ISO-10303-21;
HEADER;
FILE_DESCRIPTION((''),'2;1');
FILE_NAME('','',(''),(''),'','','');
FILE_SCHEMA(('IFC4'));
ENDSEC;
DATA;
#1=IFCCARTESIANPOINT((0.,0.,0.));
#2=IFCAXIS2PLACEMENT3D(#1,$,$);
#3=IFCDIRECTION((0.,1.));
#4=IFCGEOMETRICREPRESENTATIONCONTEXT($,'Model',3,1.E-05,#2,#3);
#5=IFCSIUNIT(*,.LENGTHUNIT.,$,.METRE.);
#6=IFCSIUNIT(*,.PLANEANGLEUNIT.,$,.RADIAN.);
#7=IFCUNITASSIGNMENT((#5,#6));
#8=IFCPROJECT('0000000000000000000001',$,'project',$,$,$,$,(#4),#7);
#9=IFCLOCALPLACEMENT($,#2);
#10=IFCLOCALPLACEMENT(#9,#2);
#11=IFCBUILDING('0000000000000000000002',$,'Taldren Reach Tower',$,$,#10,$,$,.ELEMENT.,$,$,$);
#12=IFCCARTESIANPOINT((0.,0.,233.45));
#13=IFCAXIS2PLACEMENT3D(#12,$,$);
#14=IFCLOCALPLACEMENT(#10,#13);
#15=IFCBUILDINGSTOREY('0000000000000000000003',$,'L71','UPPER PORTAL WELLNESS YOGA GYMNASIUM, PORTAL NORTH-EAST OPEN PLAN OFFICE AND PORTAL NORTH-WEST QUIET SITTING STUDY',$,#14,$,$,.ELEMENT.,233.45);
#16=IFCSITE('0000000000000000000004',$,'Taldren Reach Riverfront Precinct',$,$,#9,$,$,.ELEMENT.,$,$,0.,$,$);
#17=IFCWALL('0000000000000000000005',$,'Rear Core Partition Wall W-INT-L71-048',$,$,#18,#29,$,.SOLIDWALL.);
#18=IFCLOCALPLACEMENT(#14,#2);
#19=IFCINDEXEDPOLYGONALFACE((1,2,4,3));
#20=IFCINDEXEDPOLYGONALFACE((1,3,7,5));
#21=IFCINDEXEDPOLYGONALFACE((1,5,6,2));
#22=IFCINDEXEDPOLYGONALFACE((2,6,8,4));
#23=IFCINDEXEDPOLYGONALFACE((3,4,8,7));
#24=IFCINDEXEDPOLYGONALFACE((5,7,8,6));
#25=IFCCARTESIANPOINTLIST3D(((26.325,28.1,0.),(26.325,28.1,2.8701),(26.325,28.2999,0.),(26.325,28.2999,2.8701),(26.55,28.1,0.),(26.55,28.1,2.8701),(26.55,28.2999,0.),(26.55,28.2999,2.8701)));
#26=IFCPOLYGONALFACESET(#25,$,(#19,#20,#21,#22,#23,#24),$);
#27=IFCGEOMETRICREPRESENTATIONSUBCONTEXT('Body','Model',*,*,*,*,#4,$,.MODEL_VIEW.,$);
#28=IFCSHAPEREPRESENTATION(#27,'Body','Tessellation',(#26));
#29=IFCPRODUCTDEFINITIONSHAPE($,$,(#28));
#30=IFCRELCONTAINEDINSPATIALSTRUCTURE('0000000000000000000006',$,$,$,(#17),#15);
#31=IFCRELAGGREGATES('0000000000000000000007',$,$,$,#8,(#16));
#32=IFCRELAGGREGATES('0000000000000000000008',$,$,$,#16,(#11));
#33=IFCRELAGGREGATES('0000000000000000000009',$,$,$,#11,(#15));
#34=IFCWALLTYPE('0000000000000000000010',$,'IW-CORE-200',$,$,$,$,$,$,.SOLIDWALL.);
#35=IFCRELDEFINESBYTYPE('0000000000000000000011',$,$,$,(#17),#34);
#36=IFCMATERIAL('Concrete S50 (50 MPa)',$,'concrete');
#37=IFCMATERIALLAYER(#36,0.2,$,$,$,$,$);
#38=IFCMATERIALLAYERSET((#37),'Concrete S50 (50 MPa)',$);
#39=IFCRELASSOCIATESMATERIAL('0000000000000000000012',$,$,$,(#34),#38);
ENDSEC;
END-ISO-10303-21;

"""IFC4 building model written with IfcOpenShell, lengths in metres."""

from ifc_helpers import new_model, si_unit, direction, frame, frame_2d, origin, place, context, subcontext, project, spatial, rectangle, extrude, source, transform, mapped, material, layer, layer_set, type_object, element, save


model = new_model("IFC4")

# Units and contexts
model_context = context("Model", 3, precision=1e-05, world=origin(), true_north=direction((0.0, 1.0)))
body_context = subcontext(model_context, "Body", "Model", "MODEL_VIEW")
ifc_project = project(units=[si_unit("LENGTHUNIT", "METRE"), si_unit("PLANEANGLEUNIT", "RADIAN")], contexts=[model_context])

# Site, building, storey
site_placement = place(None, origin())
site = spatial("IfcSite", under=ifc_project, at=site_placement, Name="Taldren Reach Riverfront Precinct", CompositionType="ELEMENT", RefElevation=0.0)
building_placement = place(site_placement, origin())
building = spatial("IfcBuilding", under=site, at=building_placement, Name="Taldren Reach Tower", CompositionType="ELEMENT")
storey_placement = place(building_placement, frame((0.0, 0.0, 233.45)))
storey = spatial("IfcBuildingStorey", under=building, at=storey_placement, Name="L71", Description="UPPER PORTAL WELLNESS YOGA GYMNASIUM, PORTAL NORTH-EAST OPEN PLAN OFFICE AND PORTAL NORTH-WEST QUIET SITTING STUDY", CompositionType="ELEMENT", Elevation=233.45)

# Shared definitions
ifc_material_1 = material(Name="Concrete S50 (50 MPa)", Category="concrete")
ifc_layer_1 = layer(ifc_material_1, 0.2)
ifc_layer_set_1 = layer_set([ifc_layer_1], Name="Concrete S50 (50 MPa)")
wall_type_1 = type_object("IfcWallType", Name="IW-CORE-200", PredefinedType="SOLIDWALL", material=ifc_layer_set_1)

# Wall
shared_shape_1 = source(origin(), body_context, "Body", "SweptSolid", [
    extrude(rectangle(XDim=0.2251, YDim=0.2, at=frame_2d((0.1125, 0.0))), origin(), (0.0, 0.0, 1.0), 2.8701),
])
wall_1_placement = place(storey_placement, frame((26.325, 28.2, 0.0), z_axis=(0.0, 0.0, 1.0), x_axis=(1.0, 0.0, 0.0)))
element("IfcWall", 1, at=wall_1_placement, inside=storey, type_object=wall_type_1, Name="Rear Core Partition Wall W-INT-L71-048", PredefinedType="SOLIDWALL", context=body_context, shape_type="MappedRepresentation", body=[
    mapped(shared_shape_1, transform((0.0, 0.0, 0.0), scale=1.0)),
])

save(model, "model.ifc")
